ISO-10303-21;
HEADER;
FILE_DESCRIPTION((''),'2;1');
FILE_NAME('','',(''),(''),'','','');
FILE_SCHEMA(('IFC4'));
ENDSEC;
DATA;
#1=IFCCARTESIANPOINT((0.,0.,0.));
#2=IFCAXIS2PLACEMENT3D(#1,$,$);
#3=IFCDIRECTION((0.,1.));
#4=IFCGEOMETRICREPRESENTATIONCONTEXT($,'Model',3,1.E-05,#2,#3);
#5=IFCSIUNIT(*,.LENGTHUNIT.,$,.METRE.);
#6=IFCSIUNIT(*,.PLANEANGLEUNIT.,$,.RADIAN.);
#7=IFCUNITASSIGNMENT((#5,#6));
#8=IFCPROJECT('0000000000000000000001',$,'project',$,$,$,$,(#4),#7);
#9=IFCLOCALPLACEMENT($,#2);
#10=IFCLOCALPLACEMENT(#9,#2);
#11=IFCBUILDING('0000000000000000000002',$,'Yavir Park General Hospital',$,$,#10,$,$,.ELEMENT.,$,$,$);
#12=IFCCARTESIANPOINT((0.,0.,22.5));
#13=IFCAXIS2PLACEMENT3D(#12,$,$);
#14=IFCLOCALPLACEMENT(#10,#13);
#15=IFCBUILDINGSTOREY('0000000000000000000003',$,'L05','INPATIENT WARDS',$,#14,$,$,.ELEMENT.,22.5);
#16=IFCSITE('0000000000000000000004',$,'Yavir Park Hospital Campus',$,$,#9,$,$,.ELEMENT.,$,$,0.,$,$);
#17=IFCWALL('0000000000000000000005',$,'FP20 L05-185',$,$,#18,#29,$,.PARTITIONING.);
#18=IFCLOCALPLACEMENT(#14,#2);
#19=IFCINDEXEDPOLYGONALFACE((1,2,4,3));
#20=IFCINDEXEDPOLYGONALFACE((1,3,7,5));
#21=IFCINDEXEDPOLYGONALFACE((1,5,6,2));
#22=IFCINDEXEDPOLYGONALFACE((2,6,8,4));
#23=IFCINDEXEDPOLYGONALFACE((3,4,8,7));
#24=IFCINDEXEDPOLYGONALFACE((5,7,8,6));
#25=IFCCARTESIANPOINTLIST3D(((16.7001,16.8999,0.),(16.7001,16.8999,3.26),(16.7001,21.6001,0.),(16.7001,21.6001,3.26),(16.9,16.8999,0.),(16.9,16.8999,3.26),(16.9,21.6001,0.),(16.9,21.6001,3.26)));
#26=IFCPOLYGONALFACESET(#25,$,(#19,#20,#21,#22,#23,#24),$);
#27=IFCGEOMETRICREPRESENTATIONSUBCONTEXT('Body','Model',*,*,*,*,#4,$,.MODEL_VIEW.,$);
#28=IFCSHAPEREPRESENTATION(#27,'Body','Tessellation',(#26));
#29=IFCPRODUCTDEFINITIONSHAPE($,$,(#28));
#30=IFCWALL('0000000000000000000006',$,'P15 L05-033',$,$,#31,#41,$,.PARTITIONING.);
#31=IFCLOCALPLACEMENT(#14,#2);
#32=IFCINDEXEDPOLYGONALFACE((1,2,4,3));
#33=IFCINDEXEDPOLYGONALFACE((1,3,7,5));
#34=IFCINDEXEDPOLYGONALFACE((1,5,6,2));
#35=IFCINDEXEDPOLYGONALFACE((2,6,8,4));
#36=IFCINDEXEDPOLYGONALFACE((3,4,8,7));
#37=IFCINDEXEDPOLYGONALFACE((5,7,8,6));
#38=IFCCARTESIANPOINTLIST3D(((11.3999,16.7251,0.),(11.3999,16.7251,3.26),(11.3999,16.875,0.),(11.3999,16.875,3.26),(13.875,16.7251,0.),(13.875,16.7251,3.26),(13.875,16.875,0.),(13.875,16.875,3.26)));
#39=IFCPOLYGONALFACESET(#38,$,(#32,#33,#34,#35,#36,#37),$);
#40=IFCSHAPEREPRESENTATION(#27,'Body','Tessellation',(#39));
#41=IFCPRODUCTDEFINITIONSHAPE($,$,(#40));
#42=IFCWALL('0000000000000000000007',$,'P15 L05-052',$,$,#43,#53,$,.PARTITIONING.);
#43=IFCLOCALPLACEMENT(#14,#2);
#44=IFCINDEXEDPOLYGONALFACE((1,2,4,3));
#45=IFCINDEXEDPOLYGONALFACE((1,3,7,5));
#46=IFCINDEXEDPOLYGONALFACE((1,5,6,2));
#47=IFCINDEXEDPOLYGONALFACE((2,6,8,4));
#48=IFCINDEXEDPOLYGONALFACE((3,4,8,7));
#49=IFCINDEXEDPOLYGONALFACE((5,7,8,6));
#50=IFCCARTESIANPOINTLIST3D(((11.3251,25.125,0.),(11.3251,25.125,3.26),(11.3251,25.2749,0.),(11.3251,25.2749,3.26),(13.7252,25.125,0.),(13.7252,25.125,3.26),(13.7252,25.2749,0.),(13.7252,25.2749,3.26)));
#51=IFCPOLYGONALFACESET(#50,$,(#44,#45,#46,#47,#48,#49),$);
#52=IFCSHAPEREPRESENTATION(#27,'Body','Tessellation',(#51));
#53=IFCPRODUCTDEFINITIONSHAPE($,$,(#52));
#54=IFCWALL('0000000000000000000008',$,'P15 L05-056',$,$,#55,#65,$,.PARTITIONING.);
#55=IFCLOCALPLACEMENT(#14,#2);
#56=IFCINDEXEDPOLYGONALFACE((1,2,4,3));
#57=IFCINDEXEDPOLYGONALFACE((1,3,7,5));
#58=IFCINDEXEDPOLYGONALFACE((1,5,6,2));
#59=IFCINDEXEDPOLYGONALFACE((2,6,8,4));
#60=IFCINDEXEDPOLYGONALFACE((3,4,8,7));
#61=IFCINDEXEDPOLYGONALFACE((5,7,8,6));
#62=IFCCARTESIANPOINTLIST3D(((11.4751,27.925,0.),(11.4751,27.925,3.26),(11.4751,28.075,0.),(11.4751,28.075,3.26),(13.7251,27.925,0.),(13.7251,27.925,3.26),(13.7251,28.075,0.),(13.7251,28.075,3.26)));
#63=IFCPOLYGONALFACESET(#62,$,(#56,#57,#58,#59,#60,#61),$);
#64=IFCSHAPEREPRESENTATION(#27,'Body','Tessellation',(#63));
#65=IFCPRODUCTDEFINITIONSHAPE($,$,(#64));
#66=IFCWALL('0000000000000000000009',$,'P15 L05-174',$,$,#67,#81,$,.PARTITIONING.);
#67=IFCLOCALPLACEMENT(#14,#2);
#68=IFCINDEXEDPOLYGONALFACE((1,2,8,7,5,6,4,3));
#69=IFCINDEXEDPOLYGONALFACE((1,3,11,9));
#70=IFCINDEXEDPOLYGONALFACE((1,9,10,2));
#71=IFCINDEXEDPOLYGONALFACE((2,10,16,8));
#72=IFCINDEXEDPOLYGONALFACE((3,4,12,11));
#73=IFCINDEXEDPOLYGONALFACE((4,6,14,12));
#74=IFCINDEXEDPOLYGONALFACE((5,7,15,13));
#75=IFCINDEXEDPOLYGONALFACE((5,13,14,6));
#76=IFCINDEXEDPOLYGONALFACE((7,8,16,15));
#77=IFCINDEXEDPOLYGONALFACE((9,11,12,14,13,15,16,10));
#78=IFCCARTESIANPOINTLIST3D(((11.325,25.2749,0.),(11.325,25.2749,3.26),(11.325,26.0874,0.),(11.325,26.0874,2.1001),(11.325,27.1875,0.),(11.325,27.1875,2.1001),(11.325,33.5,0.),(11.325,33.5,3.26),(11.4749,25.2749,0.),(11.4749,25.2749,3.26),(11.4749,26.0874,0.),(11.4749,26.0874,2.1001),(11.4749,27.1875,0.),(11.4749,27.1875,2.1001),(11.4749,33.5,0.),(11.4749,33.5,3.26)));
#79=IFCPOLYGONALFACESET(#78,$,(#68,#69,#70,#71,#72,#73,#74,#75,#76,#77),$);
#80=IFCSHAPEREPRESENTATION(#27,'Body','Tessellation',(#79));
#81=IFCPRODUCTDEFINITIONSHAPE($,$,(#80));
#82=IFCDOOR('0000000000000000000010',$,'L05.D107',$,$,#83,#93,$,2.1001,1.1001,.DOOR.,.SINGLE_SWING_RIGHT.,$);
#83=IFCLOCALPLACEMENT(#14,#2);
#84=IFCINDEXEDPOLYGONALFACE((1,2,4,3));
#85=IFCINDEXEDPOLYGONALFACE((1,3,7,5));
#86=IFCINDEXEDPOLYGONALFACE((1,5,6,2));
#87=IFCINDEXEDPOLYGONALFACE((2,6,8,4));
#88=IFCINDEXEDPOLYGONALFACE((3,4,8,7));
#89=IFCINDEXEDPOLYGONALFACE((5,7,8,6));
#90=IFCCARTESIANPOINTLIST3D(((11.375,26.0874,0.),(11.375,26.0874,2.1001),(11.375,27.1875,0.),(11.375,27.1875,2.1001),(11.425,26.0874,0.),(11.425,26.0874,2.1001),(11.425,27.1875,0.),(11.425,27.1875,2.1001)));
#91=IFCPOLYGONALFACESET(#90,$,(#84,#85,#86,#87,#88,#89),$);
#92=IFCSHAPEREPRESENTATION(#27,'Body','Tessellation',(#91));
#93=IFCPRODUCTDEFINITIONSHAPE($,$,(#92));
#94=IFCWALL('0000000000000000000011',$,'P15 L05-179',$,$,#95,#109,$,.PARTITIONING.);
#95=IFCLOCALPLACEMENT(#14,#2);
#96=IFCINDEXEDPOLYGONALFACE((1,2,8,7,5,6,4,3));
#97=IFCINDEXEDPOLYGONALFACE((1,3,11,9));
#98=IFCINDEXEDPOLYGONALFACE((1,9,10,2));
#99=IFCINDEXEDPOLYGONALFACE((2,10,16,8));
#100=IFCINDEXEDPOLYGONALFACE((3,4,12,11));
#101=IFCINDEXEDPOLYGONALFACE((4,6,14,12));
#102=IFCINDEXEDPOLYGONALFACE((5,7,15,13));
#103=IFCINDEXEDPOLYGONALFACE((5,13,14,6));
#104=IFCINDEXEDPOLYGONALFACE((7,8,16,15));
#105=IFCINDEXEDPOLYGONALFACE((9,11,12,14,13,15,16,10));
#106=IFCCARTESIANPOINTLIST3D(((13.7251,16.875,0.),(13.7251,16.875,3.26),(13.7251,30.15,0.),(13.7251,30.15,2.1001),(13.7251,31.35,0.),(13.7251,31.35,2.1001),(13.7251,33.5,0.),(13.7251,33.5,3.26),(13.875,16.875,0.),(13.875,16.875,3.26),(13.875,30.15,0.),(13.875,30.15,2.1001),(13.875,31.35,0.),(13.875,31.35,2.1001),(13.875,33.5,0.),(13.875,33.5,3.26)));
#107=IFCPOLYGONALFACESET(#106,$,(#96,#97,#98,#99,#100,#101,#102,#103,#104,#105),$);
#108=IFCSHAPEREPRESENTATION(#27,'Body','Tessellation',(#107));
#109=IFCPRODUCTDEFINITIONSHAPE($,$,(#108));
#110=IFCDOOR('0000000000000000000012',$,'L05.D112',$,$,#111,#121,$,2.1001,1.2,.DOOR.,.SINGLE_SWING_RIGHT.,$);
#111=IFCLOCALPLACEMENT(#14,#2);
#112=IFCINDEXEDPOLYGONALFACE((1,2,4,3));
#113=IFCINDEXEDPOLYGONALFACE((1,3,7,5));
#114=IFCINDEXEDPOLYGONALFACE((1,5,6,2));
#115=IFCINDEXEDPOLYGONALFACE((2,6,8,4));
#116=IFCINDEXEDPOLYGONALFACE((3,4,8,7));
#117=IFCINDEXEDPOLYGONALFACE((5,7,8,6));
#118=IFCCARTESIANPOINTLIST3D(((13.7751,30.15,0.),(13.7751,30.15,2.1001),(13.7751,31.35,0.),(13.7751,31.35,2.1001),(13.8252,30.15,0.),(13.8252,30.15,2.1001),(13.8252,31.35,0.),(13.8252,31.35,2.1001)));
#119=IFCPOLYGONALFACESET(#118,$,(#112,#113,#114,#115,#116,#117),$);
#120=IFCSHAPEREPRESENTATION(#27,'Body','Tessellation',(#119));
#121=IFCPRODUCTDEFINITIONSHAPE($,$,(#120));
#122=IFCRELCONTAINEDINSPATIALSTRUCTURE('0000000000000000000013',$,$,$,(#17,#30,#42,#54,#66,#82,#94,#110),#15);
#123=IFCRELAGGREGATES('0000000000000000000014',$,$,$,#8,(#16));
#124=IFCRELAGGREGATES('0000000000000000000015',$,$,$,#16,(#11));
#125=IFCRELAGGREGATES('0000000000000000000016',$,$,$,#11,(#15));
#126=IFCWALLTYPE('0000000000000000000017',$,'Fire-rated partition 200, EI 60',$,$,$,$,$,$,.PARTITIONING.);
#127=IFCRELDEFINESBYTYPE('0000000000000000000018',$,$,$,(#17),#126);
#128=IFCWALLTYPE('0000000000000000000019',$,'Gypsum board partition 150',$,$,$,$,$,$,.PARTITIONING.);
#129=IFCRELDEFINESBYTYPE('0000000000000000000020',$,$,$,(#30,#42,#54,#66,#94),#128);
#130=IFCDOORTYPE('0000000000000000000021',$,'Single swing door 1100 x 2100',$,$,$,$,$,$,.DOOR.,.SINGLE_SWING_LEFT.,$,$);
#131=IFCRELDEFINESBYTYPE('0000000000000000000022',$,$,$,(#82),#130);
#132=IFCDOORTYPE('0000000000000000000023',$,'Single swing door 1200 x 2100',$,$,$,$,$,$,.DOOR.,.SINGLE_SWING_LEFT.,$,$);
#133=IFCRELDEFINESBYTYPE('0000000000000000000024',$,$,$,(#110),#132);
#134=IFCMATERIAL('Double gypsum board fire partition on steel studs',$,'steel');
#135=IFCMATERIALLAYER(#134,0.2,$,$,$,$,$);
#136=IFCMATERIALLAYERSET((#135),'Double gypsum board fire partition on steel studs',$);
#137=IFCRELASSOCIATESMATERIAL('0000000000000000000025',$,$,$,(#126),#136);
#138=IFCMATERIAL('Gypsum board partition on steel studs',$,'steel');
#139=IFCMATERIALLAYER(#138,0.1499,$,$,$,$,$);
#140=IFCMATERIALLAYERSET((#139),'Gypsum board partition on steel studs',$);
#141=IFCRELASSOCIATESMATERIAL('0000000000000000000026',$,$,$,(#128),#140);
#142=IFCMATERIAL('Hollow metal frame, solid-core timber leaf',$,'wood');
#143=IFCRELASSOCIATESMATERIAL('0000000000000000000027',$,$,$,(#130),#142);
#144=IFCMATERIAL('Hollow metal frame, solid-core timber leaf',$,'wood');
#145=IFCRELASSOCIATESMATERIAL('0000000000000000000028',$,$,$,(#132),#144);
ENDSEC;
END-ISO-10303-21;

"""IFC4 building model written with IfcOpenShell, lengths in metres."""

from ifc_helpers import new_model, si_unit, direction, frame, frame_2d, origin, place, context, subcontext, project, spatial, rectangle, extrude, material, layer, layer_set, type_object, element, fill, save


model = new_model("IFC4")

# Units and contexts
model_context = context("Model", 3, precision=1e-05, world=origin(), true_north=direction((0.0, 1.0)))
body_context = subcontext(model_context, "Body", "Model", "MODEL_VIEW")
ifc_project = project(units=[si_unit("LENGTHUNIT", "METRE"), si_unit("PLANEANGLEUNIT", "RADIAN")], contexts=[model_context])

# Site, building, storey
site_placement = place(None, origin())
site = spatial("IfcSite", under=ifc_project, at=site_placement, Name="Yavir Park Hospital Campus", CompositionType="ELEMENT", RefElevation=0.0)
building_placement = place(site_placement, origin())
building = spatial("IfcBuilding", under=site, at=building_placement, Name="Yavir Park General Hospital", CompositionType="ELEMENT")
storey_placement = place(building_placement, frame((0.0, 0.0, 22.5)))
storey = spatial("IfcBuildingStorey", under=building, at=storey_placement, Name="L05", Description="INPATIENT WARDS", CompositionType="ELEMENT", Elevation=22.5)

# Shared definitions
ifc_material_1 = material(Name="Double gypsum board fire partition on steel studs", Category="steel")
ifc_layer_1 = layer(ifc_material_1, 0.2)
ifc_layer_set_1 = layer_set([ifc_layer_1], Name="Double gypsum board fire partition on steel studs")
wall_type_1 = type_object("IfcWallType", Name="Fire-rated partition 200, EI 60", PredefinedType="PARTITIONING", material=ifc_layer_set_1)

# Walls
wall_1_placement = place(storey_placement, frame((16.8, 16.8999, 0.0), z_axis=(0.0, 0.0, 1.0), x_axis=(0.0, 1.0, 0.0)))
element("IfcWall", 1, at=wall_1_placement, inside=storey, type_object=wall_type_1, Name="FP20 L05-185", PredefinedType="PARTITIONING", context=body_context, shape_type="SweptSolid", body=[
    extrude(rectangle(XDim=4.7002, YDim=0.2, at=frame_2d((2.3501, 0.0))), origin(), (0.0, 0.0, 1.0), 3.26),
])
ifc_material_2 = material(Name="Gypsum board partition on steel studs", Category="steel")
ifc_layer_2 = layer(ifc_material_2, 0.1499)
ifc_layer_set_2 = layer_set([ifc_layer_2], Name="Gypsum board partition on steel studs")
wall_type_2 = type_object("IfcWallType", Name="Gypsum board partition 150", PredefinedType="PARTITIONING", material=ifc_layer_set_2)
wall_2_placement = place(storey_placement, frame((11.3999, 16.8, 0.0), z_axis=(0.0, 0.0, 1.0), x_axis=(1.0, 0.0, 0.0)))
element("IfcWall", 2, at=wall_2_placement, inside=storey, type_object=wall_type_2, Name="P15 L05-033", PredefinedType="PARTITIONING", context=body_context, shape_type="SweptSolid", body=[
    extrude(rectangle(XDim=2.4751, YDim=0.1499, at=frame_2d((1.2375, 0.0))), origin(), (0.0, 0.0, 1.0), 3.26),
])
wall_3_placement = place(storey_placement, frame((11.325, 25.2, 0.0), z_axis=(0.0, 0.0, 1.0), x_axis=(1.0, 0.0, 0.0)))
element("IfcWall", 3, at=wall_3_placement, inside=storey, type_object=wall_type_2, Name="P15 L05-052", PredefinedType="PARTITIONING", context=body_context, shape_type="SweptSolid", body=[
    extrude(rectangle(XDim=2.4001, YDim=0.1499, at=frame_2d((1.2002, 0.0))), origin(), (0.0, 0.0, 1.0), 3.26),
])
wall_4_placement = place(storey_placement, frame((11.4751, 28.0, 0.0), z_axis=(0.0, 0.0, 1.0), x_axis=(1.0, 0.0, 0.0)))
element("IfcWall", 4, at=wall_4_placement, inside=storey, type_object=wall_type_2, Name="P15 L05-056", PredefinedType="PARTITIONING", context=body_context, shape_type="SweptSolid", body=[
    extrude(rectangle(XDim=2.25, YDim=0.1499, at=frame_2d((1.125, 0.0))), origin(), (0.0, 0.0, 1.0), 3.26),
])

# Walls, openings, doors
wall_5_placement = place(storey_placement, frame((11.3999, 25.2749, 0.0), z_axis=(0.0, 0.0, 1.0), x_axis=(0.0, 1.0, 0.0)))
wall_5 = element("IfcWall", 5, at=wall_5_placement, inside=storey, type_object=wall_type_2, Name="P15 L05-174", PredefinedType="PARTITIONING", context=body_context, shape_type="SweptSolid", body=[
    extrude(rectangle(XDim=8.2251, YDim=0.1499, at=frame_2d((4.1125, 0.0))), origin(), (0.0, 0.0, 1.0), 3.26),
])
opening_1_placement = place(wall_5_placement, frame((0.8125, 0.0, 0.0)))
opening_1 = element("IfcOpeningElement", 6, at=opening_1_placement, cuts=wall_5, PredefinedType="OPENING", context=body_context, shape_type="SweptSolid", body=[
    extrude(rectangle(XDim=1.1001, YDim=2.1001, at=frame_2d((0.55, 1.05))), frame((0.0, 0.085, 0.0), z_axis=(0.0, -1.0, 0.0), x_axis=(1.0, 0.0, 0.0)), (0.0, 0.0, 1.0), 0.1699),
])
ifc_material_3 = material(Name="Hollow metal frame, solid-core timber leaf", Category="wood")
door_type_1 = type_object("IfcDoorType", Name="Single swing door 1100 x 2100", OperationType="SINGLE_SWING_LEFT", PredefinedType="DOOR", material=ifc_material_3)
door_1_placement = place(opening_1_placement, origin())
door_1 = element("IfcDoor", 7, at=door_1_placement, inside=storey, type_object=door_type_1, Name="L05.D107", OperationType="SINGLE_SWING_RIGHT", OverallHeight=2.1001, OverallWidth=1.1001, PredefinedType="DOOR", context=body_context, shape_type="SweptSolid", body=[
    extrude(rectangle(XDim=1.1001, YDim=2.1001, at=frame_2d((0.55, 1.05))), frame((0.0, 0.0249, 0.0), z_axis=(0.0, -1.0, 0.0), x_axis=(1.0, 0.0, 0.0)), (0.0, 0.0, 1.0), 0.05),
])
fill(opening_1, door_1)
wall_6_placement = place(storey_placement, frame((13.8, 16.875, 0.0), z_axis=(0.0, 0.0, 1.0), x_axis=(0.0, 1.0, 0.0)))
wall_6 = element("IfcWall", 8, at=wall_6_placement, inside=storey, type_object=wall_type_2, Name="P15 L05-179", PredefinedType="PARTITIONING", context=body_context, shape_type="SweptSolid", body=[
    extrude(rectangle(XDim=16.625, YDim=0.1499, at=frame_2d((8.3125, 0.0))), origin(), (0.0, 0.0, 1.0), 3.26),
])
opening_2_placement = place(wall_6_placement, frame((13.2749, 0.0, 0.0)))
opening_2 = element("IfcOpeningElement", 9, at=opening_2_placement, cuts=wall_6, PredefinedType="OPENING", context=body_context, shape_type="SweptSolid", body=[
    extrude(rectangle(XDim=1.2, YDim=2.1001, at=frame_2d((0.6001, 1.05))), frame((0.0, 0.085, 0.0), z_axis=(0.0, -1.0, 0.0), x_axis=(1.0, 0.0, 0.0)), (0.0, 0.0, 1.0), 0.1699),
])
ifc_material_4 = material(Name="Hollow metal frame, solid-core timber leaf", Category="wood")
door_type_2 = type_object("IfcDoorType", Name="Single swing door 1200 x 2100", OperationType="SINGLE_SWING_LEFT", PredefinedType="DOOR", material=ifc_material_4)
door_2_placement = place(opening_2_placement, origin())
door_2 = element("IfcDoor", 10, at=door_2_placement, inside=storey, type_object=door_type_2, Name="L05.D112", OperationType="SINGLE_SWING_RIGHT", OverallHeight=2.1001, OverallWidth=1.2, PredefinedType="DOOR", context=body_context, shape_type="SweptSolid", body=[
    extrude(rectangle(XDim=1.2, YDim=2.1001, at=frame_2d((0.6001, 1.05))), frame((0.0, 0.0249, 0.0), z_axis=(0.0, -1.0, 0.0), x_axis=(1.0, 0.0, 0.0)), (0.0, 0.0, 1.0), 0.05),
])
fill(opening_2, door_2)

save(model, "model.ifc")
